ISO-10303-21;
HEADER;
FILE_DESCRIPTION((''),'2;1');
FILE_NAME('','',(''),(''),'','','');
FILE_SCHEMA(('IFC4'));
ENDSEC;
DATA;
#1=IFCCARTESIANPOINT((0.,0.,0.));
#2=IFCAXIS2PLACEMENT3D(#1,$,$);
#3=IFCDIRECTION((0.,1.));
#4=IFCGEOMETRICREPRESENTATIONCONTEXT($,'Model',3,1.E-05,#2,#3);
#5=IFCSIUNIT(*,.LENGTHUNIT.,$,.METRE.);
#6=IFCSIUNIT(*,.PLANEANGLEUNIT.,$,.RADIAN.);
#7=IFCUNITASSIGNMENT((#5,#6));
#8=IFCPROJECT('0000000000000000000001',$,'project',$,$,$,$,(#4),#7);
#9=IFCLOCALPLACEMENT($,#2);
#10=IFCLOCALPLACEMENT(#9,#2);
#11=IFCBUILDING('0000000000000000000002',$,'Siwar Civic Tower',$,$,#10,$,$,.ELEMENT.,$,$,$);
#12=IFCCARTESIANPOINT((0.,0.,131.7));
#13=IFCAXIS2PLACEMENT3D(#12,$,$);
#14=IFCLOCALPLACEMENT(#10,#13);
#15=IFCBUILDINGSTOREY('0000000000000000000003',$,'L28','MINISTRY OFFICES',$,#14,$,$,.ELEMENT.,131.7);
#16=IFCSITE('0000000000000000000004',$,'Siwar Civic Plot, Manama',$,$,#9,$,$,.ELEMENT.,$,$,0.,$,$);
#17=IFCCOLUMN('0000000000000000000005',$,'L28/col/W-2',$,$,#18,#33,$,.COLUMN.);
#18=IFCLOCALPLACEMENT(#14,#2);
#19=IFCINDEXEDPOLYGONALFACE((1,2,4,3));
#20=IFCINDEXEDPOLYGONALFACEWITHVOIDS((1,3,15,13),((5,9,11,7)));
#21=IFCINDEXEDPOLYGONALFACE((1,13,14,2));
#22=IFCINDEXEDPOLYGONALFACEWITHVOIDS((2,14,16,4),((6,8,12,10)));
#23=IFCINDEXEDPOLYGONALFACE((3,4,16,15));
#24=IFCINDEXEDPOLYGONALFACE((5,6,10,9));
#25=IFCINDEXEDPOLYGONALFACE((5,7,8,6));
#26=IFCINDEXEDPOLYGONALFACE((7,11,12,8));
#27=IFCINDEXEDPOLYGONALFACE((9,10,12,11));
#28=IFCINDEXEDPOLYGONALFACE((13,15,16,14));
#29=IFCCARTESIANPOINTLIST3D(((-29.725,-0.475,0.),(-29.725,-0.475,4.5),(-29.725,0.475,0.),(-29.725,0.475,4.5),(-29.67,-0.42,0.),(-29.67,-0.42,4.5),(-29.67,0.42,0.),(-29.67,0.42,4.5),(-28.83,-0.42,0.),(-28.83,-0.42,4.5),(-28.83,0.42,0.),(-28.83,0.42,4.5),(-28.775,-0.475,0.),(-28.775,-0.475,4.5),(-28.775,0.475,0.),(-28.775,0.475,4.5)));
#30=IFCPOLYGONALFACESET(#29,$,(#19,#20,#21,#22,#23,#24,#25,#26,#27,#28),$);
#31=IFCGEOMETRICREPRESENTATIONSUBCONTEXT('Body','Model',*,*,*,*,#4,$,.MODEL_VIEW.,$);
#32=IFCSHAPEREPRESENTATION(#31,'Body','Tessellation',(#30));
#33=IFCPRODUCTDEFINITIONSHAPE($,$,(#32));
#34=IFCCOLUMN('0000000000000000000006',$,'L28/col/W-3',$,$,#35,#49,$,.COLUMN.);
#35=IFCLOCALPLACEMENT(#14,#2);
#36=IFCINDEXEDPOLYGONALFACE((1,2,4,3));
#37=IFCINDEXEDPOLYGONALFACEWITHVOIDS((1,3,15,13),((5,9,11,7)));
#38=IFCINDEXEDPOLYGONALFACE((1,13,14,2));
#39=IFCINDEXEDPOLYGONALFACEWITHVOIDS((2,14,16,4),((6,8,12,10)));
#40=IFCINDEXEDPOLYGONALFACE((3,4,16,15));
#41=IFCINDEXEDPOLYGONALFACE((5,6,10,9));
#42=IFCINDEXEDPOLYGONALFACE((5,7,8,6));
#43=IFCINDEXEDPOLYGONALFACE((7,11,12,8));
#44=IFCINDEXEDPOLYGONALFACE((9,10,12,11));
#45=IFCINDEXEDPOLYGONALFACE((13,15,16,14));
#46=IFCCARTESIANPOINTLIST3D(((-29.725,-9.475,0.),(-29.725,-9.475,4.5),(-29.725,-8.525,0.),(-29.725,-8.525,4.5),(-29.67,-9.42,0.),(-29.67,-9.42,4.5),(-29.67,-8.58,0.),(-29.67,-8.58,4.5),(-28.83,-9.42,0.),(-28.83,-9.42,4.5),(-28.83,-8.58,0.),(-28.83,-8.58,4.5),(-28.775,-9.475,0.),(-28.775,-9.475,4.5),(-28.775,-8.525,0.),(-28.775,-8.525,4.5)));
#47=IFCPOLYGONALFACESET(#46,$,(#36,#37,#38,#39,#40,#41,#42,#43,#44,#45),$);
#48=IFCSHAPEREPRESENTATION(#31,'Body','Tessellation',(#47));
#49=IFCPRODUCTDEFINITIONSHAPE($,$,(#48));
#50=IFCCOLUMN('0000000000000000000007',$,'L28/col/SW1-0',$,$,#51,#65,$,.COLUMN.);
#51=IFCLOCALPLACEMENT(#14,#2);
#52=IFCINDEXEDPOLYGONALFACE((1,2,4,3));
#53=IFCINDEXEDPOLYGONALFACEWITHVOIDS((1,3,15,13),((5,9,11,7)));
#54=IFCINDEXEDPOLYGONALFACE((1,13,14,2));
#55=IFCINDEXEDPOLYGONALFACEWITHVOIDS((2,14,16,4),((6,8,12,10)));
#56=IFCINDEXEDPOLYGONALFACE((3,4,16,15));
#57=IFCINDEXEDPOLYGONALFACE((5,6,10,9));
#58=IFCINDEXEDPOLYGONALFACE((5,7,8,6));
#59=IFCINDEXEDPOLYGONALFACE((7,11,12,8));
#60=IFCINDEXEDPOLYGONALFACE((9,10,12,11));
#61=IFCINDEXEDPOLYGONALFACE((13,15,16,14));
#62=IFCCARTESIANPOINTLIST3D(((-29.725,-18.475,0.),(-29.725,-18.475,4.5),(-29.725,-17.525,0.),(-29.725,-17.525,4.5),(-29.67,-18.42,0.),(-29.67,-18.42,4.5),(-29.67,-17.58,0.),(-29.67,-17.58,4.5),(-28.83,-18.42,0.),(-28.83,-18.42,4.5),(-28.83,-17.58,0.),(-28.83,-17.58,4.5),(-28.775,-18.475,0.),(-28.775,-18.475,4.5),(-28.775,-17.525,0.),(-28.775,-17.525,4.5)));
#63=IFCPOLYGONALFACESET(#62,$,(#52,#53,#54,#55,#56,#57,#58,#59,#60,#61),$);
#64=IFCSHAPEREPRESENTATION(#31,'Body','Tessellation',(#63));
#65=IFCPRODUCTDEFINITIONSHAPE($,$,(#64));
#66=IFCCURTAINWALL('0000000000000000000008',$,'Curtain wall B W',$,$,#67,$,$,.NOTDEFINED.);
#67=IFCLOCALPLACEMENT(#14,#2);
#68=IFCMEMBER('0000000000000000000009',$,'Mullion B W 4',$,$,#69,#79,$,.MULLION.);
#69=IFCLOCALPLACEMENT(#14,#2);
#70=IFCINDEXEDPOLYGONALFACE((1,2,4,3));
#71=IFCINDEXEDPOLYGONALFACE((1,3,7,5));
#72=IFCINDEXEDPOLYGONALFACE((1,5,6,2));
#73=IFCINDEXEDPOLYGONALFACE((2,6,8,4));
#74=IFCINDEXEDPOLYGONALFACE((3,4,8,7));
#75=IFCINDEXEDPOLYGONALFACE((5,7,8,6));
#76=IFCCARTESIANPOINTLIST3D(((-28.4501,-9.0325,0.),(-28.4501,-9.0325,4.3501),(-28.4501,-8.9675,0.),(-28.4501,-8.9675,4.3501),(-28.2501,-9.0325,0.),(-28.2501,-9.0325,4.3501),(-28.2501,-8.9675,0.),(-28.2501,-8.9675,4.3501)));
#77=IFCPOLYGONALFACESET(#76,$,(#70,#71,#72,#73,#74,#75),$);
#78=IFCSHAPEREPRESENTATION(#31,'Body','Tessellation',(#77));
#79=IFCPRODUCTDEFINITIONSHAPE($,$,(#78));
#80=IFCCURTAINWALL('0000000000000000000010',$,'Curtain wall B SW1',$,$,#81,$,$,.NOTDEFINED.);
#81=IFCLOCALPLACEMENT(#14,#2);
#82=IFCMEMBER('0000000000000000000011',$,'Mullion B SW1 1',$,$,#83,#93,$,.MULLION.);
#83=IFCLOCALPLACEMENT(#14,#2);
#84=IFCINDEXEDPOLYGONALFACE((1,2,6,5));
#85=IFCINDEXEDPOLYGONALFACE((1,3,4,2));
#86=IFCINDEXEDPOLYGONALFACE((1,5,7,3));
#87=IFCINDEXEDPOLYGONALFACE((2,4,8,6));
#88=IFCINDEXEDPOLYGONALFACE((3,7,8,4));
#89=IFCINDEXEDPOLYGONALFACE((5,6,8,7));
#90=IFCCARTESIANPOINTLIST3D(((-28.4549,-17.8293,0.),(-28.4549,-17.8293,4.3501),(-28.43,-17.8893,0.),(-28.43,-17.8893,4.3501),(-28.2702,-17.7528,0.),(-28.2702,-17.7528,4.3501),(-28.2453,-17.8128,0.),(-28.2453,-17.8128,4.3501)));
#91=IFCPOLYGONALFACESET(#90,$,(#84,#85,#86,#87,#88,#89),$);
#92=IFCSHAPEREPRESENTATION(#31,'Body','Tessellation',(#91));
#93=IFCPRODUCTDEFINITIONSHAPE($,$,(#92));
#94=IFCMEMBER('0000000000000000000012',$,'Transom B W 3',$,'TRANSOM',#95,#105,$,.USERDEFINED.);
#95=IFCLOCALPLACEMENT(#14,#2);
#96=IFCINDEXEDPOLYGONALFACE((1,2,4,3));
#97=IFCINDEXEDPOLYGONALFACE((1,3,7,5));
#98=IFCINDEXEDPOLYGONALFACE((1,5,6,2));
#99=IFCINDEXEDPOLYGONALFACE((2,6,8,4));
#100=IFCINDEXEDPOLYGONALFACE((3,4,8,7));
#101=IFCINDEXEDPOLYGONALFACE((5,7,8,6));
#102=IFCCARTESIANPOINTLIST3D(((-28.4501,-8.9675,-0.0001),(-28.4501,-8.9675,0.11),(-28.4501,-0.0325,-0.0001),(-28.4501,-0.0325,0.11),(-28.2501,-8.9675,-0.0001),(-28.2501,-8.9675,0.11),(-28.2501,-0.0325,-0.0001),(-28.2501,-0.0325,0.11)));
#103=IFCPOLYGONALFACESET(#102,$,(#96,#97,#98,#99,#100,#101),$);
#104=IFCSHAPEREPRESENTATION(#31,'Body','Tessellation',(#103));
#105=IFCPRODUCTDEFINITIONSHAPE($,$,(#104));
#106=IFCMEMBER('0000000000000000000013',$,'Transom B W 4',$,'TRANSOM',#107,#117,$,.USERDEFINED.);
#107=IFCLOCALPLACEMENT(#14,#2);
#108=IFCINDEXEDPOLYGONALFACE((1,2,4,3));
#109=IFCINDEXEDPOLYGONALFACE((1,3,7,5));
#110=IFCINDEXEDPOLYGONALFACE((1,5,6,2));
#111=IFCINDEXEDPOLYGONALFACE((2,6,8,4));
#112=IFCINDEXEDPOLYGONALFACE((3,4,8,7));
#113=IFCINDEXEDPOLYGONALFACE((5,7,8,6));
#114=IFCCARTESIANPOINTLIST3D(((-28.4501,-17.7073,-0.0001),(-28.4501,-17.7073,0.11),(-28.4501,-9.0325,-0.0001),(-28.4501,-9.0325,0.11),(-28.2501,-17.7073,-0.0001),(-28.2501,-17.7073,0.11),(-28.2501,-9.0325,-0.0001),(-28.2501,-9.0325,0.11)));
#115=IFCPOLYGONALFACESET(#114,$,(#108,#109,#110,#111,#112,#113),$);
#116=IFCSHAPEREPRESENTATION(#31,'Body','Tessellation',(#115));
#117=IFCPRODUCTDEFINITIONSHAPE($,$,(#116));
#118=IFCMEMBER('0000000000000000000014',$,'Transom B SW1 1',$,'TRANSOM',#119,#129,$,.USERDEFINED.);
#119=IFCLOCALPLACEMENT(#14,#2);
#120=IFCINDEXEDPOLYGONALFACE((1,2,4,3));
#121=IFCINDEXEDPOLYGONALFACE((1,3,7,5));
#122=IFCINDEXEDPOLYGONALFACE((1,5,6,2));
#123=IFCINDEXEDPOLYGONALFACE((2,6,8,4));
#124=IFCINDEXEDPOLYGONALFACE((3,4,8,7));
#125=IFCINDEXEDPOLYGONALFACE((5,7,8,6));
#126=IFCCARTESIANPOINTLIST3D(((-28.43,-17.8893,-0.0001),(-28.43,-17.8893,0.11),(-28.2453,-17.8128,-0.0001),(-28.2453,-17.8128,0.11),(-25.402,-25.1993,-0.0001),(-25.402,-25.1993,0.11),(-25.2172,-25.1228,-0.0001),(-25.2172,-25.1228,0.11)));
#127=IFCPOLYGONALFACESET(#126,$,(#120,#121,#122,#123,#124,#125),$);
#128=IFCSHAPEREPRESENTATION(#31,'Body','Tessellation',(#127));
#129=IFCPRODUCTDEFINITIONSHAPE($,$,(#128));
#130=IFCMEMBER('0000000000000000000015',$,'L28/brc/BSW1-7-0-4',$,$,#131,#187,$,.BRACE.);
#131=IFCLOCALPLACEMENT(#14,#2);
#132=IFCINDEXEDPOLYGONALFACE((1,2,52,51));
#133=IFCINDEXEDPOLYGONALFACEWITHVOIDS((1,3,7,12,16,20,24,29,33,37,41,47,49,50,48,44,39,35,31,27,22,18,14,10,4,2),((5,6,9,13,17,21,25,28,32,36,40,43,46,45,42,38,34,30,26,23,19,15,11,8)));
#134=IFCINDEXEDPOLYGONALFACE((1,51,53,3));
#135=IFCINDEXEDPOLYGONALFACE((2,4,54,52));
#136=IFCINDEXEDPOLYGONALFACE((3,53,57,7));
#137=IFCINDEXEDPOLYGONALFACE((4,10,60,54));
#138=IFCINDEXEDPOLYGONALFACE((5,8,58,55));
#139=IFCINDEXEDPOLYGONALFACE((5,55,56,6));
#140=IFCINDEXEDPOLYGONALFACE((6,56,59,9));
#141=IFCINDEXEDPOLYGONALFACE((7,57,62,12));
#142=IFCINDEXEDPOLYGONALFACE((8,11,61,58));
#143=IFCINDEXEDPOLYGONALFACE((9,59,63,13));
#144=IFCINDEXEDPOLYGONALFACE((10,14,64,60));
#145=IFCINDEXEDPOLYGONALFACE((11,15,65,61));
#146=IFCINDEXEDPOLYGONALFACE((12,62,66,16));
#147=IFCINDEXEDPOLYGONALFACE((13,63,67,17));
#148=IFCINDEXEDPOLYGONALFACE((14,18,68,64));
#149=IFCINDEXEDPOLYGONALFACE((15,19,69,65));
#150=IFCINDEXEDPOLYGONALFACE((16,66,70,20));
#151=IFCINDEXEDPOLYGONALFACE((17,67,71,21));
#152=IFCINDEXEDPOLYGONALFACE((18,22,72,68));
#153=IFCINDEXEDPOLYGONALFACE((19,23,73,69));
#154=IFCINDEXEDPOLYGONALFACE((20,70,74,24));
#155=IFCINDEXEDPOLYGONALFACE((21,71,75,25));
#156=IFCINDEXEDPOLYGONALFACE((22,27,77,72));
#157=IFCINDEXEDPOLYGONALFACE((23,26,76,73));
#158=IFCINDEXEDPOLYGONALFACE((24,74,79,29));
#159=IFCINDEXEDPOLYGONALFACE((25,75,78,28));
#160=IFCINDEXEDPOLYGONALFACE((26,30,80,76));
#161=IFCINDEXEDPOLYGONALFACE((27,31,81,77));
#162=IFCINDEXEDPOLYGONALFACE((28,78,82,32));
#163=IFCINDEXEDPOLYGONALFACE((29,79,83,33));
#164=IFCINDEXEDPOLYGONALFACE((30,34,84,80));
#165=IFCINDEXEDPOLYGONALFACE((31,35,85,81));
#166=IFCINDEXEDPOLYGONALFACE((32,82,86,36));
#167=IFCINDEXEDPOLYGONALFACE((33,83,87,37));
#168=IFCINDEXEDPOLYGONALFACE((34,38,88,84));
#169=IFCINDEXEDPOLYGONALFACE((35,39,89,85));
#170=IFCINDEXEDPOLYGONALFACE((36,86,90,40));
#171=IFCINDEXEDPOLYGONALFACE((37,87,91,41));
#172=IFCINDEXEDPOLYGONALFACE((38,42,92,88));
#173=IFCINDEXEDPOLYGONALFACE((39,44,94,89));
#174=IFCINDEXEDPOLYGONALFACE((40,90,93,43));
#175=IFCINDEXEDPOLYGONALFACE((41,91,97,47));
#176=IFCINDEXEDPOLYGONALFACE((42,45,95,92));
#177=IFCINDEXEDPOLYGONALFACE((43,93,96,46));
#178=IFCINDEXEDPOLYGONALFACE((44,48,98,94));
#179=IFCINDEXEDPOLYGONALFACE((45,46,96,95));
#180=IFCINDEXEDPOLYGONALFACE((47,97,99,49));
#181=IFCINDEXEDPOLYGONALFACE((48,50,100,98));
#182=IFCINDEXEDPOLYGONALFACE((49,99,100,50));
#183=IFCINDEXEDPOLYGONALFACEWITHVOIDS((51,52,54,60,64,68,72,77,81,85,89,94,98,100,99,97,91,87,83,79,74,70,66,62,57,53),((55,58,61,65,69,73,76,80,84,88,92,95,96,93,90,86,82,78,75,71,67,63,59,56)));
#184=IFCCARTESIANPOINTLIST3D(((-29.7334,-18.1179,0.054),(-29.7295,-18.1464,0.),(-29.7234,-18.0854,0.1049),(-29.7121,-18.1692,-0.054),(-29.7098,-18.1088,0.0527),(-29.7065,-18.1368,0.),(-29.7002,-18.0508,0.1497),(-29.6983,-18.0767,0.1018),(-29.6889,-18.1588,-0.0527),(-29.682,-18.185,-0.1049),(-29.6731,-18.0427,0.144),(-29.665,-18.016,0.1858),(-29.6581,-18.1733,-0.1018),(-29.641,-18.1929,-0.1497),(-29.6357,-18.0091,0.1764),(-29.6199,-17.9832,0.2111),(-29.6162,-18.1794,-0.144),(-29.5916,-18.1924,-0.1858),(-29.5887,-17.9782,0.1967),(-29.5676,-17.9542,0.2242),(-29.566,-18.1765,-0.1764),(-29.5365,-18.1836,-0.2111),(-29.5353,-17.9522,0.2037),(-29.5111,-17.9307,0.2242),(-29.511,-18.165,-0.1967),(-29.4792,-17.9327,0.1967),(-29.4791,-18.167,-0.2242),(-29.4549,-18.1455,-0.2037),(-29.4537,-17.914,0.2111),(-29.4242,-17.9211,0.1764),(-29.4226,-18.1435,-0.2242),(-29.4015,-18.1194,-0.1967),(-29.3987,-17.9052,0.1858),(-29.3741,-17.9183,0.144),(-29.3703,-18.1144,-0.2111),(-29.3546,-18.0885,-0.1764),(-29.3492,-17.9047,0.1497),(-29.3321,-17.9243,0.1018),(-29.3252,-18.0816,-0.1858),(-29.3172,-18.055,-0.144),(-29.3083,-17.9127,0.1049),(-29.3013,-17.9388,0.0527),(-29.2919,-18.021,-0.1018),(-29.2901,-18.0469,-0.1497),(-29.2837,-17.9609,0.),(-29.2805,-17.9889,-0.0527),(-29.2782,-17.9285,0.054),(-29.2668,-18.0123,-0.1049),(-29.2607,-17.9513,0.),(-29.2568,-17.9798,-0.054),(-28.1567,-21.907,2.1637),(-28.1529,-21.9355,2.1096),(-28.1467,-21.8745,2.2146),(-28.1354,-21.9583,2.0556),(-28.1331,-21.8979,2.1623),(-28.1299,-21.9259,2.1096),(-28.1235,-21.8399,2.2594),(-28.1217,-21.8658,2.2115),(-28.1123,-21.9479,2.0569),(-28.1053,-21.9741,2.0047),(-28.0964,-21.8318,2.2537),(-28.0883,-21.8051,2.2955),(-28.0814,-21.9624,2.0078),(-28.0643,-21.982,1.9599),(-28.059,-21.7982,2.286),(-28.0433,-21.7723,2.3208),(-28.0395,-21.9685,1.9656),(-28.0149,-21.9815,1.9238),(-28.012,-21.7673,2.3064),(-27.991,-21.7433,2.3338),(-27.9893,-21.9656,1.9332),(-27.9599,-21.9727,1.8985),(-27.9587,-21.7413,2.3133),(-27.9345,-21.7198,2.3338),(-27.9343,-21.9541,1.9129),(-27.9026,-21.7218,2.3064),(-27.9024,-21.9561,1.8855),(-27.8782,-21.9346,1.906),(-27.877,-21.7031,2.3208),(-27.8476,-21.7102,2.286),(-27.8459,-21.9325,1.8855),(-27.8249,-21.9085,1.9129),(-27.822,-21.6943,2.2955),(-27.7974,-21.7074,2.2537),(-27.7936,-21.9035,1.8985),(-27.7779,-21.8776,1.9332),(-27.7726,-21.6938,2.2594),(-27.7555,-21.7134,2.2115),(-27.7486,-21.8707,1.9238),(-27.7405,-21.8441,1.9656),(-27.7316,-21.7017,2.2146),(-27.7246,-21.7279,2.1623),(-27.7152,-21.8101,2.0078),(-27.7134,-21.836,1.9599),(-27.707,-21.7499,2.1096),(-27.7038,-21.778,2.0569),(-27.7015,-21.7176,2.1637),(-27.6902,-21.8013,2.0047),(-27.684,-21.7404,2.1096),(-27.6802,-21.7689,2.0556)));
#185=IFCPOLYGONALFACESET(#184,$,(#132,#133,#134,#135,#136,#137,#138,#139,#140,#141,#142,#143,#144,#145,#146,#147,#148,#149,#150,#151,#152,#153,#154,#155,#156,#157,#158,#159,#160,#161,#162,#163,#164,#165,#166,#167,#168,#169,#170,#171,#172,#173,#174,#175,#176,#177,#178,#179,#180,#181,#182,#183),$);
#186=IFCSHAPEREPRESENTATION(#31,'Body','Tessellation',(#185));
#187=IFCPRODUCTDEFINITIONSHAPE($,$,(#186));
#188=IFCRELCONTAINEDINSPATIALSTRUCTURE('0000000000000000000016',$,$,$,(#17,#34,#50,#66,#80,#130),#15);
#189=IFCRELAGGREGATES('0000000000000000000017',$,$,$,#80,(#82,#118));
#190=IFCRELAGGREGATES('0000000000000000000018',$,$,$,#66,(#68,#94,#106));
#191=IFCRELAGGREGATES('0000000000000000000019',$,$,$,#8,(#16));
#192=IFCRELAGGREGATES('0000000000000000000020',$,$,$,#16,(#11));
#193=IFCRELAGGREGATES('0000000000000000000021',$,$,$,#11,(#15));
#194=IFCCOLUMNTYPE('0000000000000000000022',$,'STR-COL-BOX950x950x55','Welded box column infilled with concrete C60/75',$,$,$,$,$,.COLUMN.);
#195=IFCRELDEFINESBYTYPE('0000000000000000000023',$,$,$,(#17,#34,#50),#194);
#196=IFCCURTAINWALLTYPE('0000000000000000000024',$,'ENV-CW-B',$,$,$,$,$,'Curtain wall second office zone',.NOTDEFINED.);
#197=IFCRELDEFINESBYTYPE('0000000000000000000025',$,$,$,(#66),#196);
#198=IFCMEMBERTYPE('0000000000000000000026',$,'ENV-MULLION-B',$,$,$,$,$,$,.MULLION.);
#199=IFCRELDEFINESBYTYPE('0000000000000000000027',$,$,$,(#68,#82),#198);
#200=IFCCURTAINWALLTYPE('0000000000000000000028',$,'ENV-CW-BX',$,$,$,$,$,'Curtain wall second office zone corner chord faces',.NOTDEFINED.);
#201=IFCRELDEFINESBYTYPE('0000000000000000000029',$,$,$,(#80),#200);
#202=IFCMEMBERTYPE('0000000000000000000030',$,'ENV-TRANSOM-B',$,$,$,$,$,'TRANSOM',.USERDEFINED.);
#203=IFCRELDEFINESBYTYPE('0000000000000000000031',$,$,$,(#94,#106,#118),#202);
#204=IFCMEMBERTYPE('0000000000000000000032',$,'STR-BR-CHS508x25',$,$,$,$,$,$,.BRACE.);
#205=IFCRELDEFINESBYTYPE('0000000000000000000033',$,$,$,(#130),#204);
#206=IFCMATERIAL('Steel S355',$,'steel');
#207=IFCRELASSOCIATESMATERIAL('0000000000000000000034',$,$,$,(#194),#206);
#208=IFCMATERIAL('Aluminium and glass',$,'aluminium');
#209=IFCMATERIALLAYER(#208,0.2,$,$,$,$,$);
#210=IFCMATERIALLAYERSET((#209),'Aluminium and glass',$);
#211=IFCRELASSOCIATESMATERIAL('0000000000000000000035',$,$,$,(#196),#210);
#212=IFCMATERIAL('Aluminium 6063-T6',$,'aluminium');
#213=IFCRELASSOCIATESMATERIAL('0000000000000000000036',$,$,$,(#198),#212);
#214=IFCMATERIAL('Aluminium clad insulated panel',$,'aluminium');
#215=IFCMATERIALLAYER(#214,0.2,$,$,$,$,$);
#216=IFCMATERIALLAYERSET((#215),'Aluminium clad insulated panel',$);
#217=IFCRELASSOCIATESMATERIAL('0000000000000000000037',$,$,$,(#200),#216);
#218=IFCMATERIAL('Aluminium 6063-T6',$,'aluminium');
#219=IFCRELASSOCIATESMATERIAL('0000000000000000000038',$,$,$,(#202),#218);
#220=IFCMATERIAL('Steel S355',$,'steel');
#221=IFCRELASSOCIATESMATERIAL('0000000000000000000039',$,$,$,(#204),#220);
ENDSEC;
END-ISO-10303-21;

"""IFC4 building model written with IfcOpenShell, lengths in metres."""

from ifc_helpers import new_model, si_unit, direction, frame, origin, origin_2d, place, context, subcontext, project, spatial, rectangle, hollow_rectangle, hollow_circle, extrude, material, layer, layer_set, material_profile, profile_set, type_object, element, aggregate, save


model = new_model("IFC4")

# Units and contexts
model_context = context("Model", 3, precision=1e-05, world=origin(), true_north=direction((0.0, 1.0)))
body_context = subcontext(model_context, "Body", "Model", "MODEL_VIEW")
ifc_project = project(units=[si_unit("LENGTHUNIT", "METRE"), si_unit("PLANEANGLEUNIT", "RADIAN")], contexts=[model_context])

# Site, building, storey
site_placement = place(None, origin())
site = spatial("IfcSite", under=ifc_project, at=site_placement, Name="Siwar Civic Plot, Manama", CompositionType="ELEMENT", RefElevation=0.0)
building_placement = place(site_placement, origin())
building = spatial("IfcBuilding", under=site, at=building_placement, Name="Siwar Civic Tower", CompositionType="ELEMENT")
storey_placement = place(building_placement, frame((0.0, 0.0, 131.7)))
storey = spatial("IfcBuildingStorey", under=building, at=storey_placement, Name="L28", Description="MINISTRY OFFICES", CompositionType="ELEMENT", Elevation=131.7)

# Columns
ifc_material_1 = material(Name="Steel S355", Category="steel")
ifc_material_profile_1 = material_profile(ifc_material_1, hollow_rectangle(XDim=0.95, YDim=0.95, WallThickness=0.0549, at=origin_2d()), Name="BOX950x950x55")
ifc_profile_set_1 = profile_set([ifc_material_profile_1], Name="Steel S355")
column_type = type_object("IfcColumnType", Name="STR-COL-BOX950x950x55", Description="Welded box column infilled with concrete C60/75", PredefinedType="COLUMN", material=ifc_profile_set_1)
for number, where, z_axis, x_axis, name in (
    (1, (-29.25, 0.0, 0.0), (0.0, 0.0, 1.0), (1.0, 0.0, 0.0), "L28/col/W-2"),
    (2, (-29.25, -9.0, 0.0), (0.0, 0.0, 1.0), (1.0, 0.0, 0.0), "L28/col/W-3"),
    (3, (-29.25, -18.0, 0.0), (0.0, 0.0, 1.0), (1.0, 0.0, 0.0), "L28/col/SW1-0"),
):
    element("IfcColumn", number, at=place(storey_placement, frame(where, z_axis=z_axis, x_axis=x_axis)), inside=storey, type_object=column_type, Name=name, PredefinedType="COLUMN", context=body_context, shape_type="SweptSolid", body=[
        extrude(hollow_rectangle(XDim=0.95, YDim=0.95, WallThickness=0.0549, at=origin_2d()), origin(), (0.0, 0.0, 1.0), 4.5),
    ])

# Curtain walls, members
ifc_material_2 = material(Name="Aluminium and glass", Category="aluminium")
ifc_layer_1 = layer(ifc_material_2, 0.2)
ifc_layer_set_1 = layer_set([ifc_layer_1], Name="Aluminium and glass")
curtain_wall_type_1 = type_object("IfcCurtainWallType", Name="ENV-CW-B", ElementType="Curtain wall second office zone", PredefinedType="NOTDEFINED", material=ifc_layer_set_1)
curtain_wall_1_placement = place(storey_placement, origin())
curtain_wall_1 = element("IfcCurtainWall", 4, at=curtain_wall_1_placement, inside=storey, type_object=curtain_wall_type_1, Name="Curtain wall B W", PredefinedType="NOTDEFINED")
ifc_material_3 = material(Name="Aluminium 6063-T6", Category="aluminium")
ifc_material_profile_2 = material_profile(ifc_material_3, rectangle(XDim=0.2, YDim=0.0649, at=origin_2d()), Name="AL 200x65")
ifc_profile_set_2 = profile_set([ifc_material_profile_2], Name="Aluminium 6063-T6")
member_type_1 = type_object("IfcMemberType", Name="ENV-MULLION-B", PredefinedType="MULLION", material=ifc_profile_set_2)
member_1_placement = place(storey_placement, frame((-28.3501, -9.0, 0.0), z_axis=(0.0, 0.0, 1.0), x_axis=(1.0, 0.0, 0.0)))
member_1 = element("IfcMember", 5, at=member_1_placement, type_object=member_type_1, Name="Mullion B W 4", PredefinedType="MULLION", context=body_context, shape_type="SweptSolid", body=[
    extrude(rectangle(XDim=0.2, YDim=0.0649, at=origin_2d()), origin(), (0.0, 0.0, 1.0), 4.3501),
])
ifc_material_4 = material(Name="Aluminium clad insulated panel", Category="aluminium")
ifc_layer_2 = layer(ifc_material_4, 0.2)
ifc_layer_set_2 = layer_set([ifc_layer_2], Name="Aluminium clad insulated panel")
curtain_wall_type_2 = type_object("IfcCurtainWallType", Name="ENV-CW-BX", ElementType="Curtain wall second office zone corner chord faces", PredefinedType="NOTDEFINED", material=ifc_layer_set_2)
curtain_wall_2_placement = place(storey_placement, origin())
curtain_wall_2 = element("IfcCurtainWall", 6, at=curtain_wall_2_placement, inside=storey, type_object=curtain_wall_type_2, Name="Curtain wall B SW1", PredefinedType="NOTDEFINED")
member_2_placement = place(storey_placement, frame((-28.3501, -17.821, 0.0), z_axis=(0.0, 0.0, 1.0), x_axis=(0.92388, 0.382683, 0.0)))
member_2 = element("IfcMember", 7, at=member_2_placement, type_object=member_type_1, Name="Mullion B SW1 1", PredefinedType="MULLION", context=body_context, shape_type="SweptSolid", body=[
    extrude(rectangle(XDim=0.2, YDim=0.0649, at=origin_2d()), origin(), (0.0, 0.0, 1.0), 4.3501),
])

# Members
ifc_material_5 = material(Name="Aluminium 6063-T6", Category="aluminium")
ifc_material_profile_3 = material_profile(ifc_material_5, rectangle(XDim=0.2, YDim=0.1101, at=origin_2d()), Name="AL 200x110")
ifc_profile_set_3 = profile_set([ifc_material_profile_3], Name="Aluminium 6063-T6")
member_type_2 = type_object("IfcMemberType", Name="ENV-TRANSOM-B", ElementType="TRANSOM", PredefinedType="USERDEFINED", material=ifc_profile_set_3)
member_3_placement = place(storey_placement, frame((-28.3501, -0.0325, 0.0549), z_axis=(0.0, -1.0, 0.0), x_axis=(1.0, 0.0, 0.0)))
member_3 = element("IfcMember", 8, at=member_3_placement, type_object=member_type_2, Name="Transom B W 3", ObjectType="TRANSOM", PredefinedType="USERDEFINED", context=body_context, shape_type="SweptSolid", body=[
    extrude(rectangle(XDim=0.2, YDim=0.1101, at=origin_2d()), origin(), (0.0, 0.0, 1.0), 8.9351),
])
member_4_placement = place(storey_placement, frame((-28.3501, -9.0325, 0.0549), z_axis=(0.0, -1.0, 0.0), x_axis=(1.0, 0.0, 0.0)))
member_4 = element("IfcMember", 9, at=member_4_placement, type_object=member_type_2, Name="Transom B W 4", ObjectType="TRANSOM", PredefinedType="USERDEFINED", context=body_context, shape_type="SweptSolid", body=[
    extrude(rectangle(XDim=0.2, YDim=0.1101, at=origin_2d()), origin(), (0.0, 0.0, 1.0), 8.6748),
])
member_5_placement = place(storey_placement, frame((-28.3376, -17.8511, 0.0549), z_axis=(0.3827, -0.923873, 0.0), x_axis=(0.923873, 0.3827, 0.0)))
member_5 = element("IfcMember", 10, at=member_5_placement, type_object=member_type_2, Name="Transom B SW1 1", ObjectType="TRANSOM", PredefinedType="USERDEFINED", context=body_context, shape_type="SweptSolid", body=[
    extrude(rectangle(XDim=0.2, YDim=0.1101, at=origin_2d()), origin(), (0.0, 0.0, 1.0), 7.9124),
])
aggregate(curtain_wall_2, [member_2, member_5])
ifc_material_6 = material(Name="Steel S355", Category="steel")
ifc_material_profile_4 = material_profile(ifc_material_6, hollow_circle(Radius=0.2539, WallThickness=0.0249, at=origin_2d()), Name="CHS508x25")
ifc_profile_set_4 = profile_set([ifc_material_profile_4], Name="Steel S355")
member_type_3 = type_object("IfcMemberType", Name="STR-BR-CHS508x25", PredefinedType="BRACE", material=ifc_profile_set_4)
member_6_placement = place(storey_placement, frame((-29.4951, -18.0488, 0.0), z_axis=(0.341677, -0.821126, 0.457175), x_axis=(0.92326, 0.384176, 0.0)))
element("IfcMember", 11, at=member_6_placement, inside=storey, type_object=member_type_3, Name="L28/brc/BSW1-7-0-4", PredefinedType="BRACE", context=body_context, shape_type="SweptSolid", body=[
    extrude(hollow_circle(Radius=0.2539, WallThickness=0.0249, at=origin_2d()), origin(), (0.0, 0.0, 1.0), 4.6145),
])

aggregate(curtain_wall_1, [member_1, member_3, member_4])

save(model, "model.ifc")
